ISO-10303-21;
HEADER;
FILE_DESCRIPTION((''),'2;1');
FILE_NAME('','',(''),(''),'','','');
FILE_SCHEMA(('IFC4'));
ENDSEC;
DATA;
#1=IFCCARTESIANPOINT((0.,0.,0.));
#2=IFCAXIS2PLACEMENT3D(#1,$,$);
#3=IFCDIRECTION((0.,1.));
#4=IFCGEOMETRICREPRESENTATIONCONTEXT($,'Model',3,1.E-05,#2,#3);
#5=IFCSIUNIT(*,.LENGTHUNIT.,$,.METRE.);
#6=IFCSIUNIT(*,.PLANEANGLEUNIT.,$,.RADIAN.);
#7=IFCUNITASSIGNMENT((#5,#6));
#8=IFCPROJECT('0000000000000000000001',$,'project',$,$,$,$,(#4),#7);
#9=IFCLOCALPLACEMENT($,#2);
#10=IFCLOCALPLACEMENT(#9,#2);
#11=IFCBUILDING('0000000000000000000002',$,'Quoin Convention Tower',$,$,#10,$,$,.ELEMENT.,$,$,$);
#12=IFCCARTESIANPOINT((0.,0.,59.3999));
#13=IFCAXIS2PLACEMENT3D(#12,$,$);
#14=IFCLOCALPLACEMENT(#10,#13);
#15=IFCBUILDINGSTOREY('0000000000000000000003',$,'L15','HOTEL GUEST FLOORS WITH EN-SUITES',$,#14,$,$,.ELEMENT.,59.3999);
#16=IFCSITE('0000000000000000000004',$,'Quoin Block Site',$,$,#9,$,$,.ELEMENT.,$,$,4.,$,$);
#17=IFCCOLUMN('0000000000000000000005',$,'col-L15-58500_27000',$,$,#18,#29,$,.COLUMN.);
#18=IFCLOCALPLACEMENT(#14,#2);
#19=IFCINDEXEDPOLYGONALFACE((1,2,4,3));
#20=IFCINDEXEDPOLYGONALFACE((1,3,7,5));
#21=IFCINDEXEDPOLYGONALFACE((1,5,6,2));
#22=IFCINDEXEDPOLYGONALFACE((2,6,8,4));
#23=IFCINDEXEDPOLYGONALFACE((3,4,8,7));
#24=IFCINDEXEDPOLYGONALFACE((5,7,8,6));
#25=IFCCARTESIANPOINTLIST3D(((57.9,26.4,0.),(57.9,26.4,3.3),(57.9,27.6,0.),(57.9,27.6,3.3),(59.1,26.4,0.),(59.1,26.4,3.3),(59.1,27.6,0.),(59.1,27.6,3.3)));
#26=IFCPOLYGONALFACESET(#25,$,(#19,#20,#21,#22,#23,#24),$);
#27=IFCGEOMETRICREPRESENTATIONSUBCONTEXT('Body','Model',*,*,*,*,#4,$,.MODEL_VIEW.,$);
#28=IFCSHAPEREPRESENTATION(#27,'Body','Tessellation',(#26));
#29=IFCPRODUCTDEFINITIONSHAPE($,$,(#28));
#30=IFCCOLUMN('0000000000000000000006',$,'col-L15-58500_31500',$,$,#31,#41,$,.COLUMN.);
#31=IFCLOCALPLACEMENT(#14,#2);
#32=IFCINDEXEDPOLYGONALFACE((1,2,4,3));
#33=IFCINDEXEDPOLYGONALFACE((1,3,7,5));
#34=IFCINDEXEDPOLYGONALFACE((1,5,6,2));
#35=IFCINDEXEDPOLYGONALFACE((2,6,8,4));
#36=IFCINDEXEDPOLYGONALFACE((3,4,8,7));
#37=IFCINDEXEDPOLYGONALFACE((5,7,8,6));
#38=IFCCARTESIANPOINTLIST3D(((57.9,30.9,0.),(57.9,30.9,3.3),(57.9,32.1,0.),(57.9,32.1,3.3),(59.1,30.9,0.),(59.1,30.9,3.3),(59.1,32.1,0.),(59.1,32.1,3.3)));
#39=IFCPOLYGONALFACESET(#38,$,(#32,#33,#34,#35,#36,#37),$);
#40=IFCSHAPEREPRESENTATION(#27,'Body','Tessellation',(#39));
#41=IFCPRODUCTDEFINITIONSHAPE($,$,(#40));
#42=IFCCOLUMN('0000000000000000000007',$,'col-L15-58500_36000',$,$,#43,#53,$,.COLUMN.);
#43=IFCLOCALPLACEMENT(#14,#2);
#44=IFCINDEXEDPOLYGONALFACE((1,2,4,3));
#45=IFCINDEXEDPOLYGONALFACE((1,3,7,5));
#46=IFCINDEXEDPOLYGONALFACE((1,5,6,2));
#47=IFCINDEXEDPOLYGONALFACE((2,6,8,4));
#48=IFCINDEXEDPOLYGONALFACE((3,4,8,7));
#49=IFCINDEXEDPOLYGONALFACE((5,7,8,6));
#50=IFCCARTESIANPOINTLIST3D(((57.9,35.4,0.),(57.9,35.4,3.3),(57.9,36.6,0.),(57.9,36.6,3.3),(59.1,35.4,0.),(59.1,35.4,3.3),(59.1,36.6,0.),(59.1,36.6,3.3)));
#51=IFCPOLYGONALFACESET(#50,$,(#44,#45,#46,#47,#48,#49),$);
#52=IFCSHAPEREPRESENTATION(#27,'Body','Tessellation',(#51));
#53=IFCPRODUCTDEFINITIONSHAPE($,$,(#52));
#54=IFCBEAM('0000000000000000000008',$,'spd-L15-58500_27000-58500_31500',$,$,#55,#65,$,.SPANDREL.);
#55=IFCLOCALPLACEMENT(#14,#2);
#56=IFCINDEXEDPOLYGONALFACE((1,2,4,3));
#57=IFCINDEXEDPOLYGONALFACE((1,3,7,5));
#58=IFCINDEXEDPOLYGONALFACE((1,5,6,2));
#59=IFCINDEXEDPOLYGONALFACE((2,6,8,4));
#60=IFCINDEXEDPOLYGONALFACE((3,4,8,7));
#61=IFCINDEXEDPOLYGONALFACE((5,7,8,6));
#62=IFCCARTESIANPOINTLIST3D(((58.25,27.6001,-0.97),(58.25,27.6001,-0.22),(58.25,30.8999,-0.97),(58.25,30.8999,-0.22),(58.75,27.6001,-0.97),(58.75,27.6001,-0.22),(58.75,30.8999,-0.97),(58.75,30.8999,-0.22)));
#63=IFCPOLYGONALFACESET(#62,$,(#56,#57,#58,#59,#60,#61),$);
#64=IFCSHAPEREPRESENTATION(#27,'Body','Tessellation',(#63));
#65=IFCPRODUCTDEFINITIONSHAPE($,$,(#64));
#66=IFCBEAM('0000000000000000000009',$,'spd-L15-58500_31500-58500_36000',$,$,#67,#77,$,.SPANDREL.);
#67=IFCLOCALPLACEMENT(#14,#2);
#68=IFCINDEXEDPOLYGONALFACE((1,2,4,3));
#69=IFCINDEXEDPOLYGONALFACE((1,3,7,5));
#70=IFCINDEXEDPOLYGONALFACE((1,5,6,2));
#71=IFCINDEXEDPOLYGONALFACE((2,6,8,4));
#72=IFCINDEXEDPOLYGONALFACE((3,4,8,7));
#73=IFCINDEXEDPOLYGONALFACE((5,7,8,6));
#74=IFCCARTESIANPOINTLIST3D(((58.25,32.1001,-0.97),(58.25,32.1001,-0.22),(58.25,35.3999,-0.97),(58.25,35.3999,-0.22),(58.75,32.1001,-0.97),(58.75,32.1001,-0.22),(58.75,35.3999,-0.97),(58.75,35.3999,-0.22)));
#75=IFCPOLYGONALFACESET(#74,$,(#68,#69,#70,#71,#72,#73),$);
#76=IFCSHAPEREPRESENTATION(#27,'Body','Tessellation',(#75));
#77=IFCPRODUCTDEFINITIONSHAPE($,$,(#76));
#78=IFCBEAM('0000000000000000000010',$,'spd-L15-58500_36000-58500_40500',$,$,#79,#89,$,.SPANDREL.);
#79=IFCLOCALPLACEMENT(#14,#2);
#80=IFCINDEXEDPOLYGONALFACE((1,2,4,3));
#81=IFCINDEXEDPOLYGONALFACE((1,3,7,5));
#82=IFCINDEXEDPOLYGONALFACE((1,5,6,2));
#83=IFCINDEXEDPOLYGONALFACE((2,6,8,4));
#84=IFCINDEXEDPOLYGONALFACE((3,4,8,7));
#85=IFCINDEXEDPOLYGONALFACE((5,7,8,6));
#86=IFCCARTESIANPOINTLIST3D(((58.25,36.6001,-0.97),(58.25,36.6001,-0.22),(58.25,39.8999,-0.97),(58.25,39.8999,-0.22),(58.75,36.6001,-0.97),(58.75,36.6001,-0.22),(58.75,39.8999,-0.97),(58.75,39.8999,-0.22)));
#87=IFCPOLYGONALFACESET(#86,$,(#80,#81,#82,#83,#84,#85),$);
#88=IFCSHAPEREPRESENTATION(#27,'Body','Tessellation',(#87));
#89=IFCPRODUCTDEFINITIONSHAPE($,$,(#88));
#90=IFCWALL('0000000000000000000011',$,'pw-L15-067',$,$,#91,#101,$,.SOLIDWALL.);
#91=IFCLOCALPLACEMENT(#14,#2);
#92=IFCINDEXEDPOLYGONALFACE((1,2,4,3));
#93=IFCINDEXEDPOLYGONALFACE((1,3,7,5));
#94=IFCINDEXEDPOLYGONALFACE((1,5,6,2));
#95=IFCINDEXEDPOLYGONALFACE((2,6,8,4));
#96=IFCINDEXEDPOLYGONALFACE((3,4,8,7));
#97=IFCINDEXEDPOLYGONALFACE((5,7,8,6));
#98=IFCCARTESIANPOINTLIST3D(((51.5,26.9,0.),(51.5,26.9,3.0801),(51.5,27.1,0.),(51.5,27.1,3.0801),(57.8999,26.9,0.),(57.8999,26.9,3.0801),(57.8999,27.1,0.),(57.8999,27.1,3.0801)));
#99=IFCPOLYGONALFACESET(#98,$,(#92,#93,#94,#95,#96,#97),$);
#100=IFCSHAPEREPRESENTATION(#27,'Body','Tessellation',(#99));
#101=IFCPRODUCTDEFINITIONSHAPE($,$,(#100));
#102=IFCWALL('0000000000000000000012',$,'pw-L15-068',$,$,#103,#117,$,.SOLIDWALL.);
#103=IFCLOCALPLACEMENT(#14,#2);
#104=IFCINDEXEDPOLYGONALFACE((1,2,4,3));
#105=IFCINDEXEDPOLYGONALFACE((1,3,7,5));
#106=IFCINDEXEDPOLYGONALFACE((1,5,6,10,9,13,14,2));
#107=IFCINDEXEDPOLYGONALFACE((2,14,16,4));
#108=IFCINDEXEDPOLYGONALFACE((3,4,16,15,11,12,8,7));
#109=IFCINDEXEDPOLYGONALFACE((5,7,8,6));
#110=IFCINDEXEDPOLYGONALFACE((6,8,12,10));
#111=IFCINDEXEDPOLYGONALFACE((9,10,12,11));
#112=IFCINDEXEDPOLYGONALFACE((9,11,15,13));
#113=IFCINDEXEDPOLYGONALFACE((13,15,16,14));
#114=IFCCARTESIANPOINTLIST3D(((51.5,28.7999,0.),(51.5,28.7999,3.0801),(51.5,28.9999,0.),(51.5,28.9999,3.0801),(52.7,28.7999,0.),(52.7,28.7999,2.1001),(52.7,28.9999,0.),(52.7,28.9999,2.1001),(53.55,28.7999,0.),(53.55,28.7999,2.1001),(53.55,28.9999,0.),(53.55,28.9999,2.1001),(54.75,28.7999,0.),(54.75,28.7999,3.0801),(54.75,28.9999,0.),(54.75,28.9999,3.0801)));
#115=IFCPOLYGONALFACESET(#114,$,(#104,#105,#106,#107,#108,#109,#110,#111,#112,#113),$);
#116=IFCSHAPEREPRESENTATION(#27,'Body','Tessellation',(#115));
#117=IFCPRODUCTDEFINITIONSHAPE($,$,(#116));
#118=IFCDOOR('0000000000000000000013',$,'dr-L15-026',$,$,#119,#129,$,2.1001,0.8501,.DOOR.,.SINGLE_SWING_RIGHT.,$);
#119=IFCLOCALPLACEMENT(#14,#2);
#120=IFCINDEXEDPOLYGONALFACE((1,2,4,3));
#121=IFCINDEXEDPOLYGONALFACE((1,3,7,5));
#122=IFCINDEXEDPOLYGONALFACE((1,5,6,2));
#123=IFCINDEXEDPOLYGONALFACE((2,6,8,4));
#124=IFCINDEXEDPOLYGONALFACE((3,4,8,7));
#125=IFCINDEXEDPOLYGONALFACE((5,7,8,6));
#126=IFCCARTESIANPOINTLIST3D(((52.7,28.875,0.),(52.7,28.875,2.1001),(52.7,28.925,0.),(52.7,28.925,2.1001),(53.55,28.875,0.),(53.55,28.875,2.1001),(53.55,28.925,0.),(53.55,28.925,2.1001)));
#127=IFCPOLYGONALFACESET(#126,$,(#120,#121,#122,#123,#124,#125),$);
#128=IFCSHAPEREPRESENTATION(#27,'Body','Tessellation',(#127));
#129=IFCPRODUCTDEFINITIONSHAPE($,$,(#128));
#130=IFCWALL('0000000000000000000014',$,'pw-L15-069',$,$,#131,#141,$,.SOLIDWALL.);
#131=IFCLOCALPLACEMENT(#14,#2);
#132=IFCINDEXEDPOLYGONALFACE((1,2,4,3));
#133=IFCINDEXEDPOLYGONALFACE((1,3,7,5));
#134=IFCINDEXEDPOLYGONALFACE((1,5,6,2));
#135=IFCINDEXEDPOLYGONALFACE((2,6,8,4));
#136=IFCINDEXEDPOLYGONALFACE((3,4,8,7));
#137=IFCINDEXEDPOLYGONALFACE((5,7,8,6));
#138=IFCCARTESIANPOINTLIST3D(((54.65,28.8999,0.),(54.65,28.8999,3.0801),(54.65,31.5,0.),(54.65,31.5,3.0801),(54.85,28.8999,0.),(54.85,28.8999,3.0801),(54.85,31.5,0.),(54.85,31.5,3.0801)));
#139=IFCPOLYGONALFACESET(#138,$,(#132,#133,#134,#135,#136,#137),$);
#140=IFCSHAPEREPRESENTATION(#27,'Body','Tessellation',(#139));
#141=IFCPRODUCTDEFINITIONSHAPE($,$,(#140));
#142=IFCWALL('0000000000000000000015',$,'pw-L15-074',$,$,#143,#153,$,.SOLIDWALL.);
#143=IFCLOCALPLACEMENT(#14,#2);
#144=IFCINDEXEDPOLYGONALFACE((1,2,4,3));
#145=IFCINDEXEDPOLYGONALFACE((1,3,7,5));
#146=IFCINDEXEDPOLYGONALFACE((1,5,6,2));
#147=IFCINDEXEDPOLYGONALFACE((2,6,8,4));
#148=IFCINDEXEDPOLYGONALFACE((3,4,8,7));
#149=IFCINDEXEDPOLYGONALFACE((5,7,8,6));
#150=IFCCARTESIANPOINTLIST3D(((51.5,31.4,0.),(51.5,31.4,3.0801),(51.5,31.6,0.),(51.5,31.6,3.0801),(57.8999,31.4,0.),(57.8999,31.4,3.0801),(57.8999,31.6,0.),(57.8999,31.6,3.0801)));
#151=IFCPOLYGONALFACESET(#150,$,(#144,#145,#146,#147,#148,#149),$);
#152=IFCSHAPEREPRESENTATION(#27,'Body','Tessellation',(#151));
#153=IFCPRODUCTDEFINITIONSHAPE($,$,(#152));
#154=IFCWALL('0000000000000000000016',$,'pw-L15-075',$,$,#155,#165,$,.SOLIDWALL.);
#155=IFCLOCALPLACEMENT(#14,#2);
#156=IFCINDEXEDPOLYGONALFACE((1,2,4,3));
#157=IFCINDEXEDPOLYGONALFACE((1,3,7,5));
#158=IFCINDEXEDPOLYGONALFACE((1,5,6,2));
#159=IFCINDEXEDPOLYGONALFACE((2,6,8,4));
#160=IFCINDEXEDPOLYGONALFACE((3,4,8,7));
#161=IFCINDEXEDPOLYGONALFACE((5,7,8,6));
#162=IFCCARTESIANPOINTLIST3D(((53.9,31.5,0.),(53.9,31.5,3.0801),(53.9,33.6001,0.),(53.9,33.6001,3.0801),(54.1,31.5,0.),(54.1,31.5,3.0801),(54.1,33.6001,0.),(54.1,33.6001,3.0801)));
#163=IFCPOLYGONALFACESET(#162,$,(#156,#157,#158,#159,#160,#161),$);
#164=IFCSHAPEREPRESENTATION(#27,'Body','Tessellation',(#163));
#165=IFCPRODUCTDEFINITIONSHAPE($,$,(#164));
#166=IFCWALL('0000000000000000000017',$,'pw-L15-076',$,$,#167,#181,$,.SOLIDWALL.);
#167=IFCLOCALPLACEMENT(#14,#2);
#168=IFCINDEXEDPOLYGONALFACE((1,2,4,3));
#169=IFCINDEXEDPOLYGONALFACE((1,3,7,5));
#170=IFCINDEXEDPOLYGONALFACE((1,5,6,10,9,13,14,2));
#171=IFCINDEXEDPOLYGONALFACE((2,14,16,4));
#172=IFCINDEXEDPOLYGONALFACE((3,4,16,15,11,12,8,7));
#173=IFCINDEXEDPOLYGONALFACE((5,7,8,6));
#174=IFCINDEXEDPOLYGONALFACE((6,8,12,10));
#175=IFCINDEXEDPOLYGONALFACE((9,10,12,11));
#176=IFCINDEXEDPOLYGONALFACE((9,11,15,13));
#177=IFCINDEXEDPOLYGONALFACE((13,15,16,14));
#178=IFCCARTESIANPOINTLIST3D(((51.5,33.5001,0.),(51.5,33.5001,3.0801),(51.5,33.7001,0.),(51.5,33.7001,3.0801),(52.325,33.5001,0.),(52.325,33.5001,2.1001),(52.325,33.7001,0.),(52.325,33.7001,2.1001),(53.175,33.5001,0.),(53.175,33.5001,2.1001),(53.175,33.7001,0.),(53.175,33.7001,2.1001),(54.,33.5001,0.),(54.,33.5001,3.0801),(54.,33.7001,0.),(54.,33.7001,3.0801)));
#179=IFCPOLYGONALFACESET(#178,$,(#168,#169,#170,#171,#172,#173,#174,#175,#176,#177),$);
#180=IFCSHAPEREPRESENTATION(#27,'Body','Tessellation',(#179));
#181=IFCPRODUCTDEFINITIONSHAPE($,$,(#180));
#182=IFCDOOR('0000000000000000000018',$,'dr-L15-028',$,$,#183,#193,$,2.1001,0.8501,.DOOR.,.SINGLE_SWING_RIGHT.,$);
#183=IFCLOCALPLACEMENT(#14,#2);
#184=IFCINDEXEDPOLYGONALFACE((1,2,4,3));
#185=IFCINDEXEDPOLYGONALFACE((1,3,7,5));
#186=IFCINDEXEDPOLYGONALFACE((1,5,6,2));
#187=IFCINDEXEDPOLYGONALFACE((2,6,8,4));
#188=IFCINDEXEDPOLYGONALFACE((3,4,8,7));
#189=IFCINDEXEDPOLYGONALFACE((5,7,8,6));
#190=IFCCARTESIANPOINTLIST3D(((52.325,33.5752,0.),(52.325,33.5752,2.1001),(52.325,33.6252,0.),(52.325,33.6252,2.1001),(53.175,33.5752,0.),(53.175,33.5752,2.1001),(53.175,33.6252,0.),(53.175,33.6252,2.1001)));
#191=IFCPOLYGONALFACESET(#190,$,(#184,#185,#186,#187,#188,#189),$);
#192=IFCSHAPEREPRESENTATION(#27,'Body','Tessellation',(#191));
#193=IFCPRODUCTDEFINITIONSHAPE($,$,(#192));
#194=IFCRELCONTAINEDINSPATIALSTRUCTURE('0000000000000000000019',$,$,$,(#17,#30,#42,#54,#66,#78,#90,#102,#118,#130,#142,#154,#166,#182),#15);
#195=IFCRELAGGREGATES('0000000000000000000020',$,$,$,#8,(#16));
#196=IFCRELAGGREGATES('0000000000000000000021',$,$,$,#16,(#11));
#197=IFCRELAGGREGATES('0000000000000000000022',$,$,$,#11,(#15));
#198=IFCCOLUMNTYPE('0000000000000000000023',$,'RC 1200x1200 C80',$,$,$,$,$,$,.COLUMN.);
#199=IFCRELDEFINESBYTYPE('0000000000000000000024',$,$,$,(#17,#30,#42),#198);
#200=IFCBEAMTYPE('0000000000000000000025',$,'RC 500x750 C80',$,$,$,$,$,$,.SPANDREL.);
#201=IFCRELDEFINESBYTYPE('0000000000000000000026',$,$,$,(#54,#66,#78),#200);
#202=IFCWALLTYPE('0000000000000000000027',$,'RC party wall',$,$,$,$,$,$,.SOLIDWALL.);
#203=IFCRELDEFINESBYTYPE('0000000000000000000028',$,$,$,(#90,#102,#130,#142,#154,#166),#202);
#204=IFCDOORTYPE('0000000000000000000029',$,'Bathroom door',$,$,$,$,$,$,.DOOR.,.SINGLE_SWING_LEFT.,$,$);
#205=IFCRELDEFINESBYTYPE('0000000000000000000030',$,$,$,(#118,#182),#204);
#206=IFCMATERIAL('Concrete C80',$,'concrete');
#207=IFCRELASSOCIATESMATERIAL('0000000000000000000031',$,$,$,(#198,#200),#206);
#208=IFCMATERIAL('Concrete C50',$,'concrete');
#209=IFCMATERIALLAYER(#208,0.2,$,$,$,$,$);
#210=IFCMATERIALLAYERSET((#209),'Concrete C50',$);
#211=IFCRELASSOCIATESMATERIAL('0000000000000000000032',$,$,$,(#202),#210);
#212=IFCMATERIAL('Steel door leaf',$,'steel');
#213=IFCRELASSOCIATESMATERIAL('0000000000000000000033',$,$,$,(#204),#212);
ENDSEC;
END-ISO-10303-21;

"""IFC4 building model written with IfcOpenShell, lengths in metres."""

from ifc_helpers import new_model, si_unit, direction, frame, frame_2d, origin, origin_2d, place, context, subcontext, project, spatial, rectangle, extrude, material, layer, layer_set, material_profile, profile_set, type_object, element, fill, save


model = new_model("IFC4")

# Units and contexts
model_context = context("Model", 3, precision=1e-05, world=origin(), true_north=direction((0.0, 1.0)))
body_context = subcontext(model_context, "Body", "Model", "MODEL_VIEW")
ifc_project = project(units=[si_unit("LENGTHUNIT", "METRE"), si_unit("PLANEANGLEUNIT", "RADIAN")], contexts=[model_context])

# Site, building, storey
site_placement = place(None, origin())
site = spatial("IfcSite", under=ifc_project, at=site_placement, Name="Quoin Block Site", CompositionType="ELEMENT", RefElevation=4.0)
building_placement = place(site_placement, origin())
building = spatial("IfcBuilding", under=site, at=building_placement, Name="Quoin Convention Tower", CompositionType="ELEMENT")
storey_placement = place(building_placement, frame((0.0, 0.0, 59.3999)))
storey = spatial("IfcBuildingStorey", under=building, at=storey_placement, Name="L15", Description="HOTEL GUEST FLOORS WITH EN-SUITES", CompositionType="ELEMENT", Elevation=59.3999)

# Columns
ifc_material_1 = material(Name="Concrete C80", Category="concrete")
ifc_material_profile_1 = material_profile(ifc_material_1, rectangle(XDim=1.2, YDim=1.2, at=origin_2d()), Name="RC 1200x1200")
ifc_profile_set_1 = profile_set([ifc_material_profile_1], Name="Concrete C80")
column_type = type_object("IfcColumnType", Name="RC 1200x1200 C80", PredefinedType="COLUMN", material=ifc_profile_set_1)
for number, where, z_axis, x_axis, name in (
    (1, (58.5, 27.0, 0.0), (0.0, 0.0, 1.0), (1.0, 0.0, 0.0), "col-L15-58500_27000"),
    (2, (58.5, 31.5, 0.0), (0.0, 0.0, 1.0), (1.0, 0.0, 0.0), "col-L15-58500_31500"),
    (3, (58.5, 36.0, 0.0), (0.0, 0.0, 1.0), (1.0, 0.0, 0.0), "col-L15-58500_36000"),
):
    element("IfcColumn", number, at=place(storey_placement, frame(where, z_axis=z_axis, x_axis=x_axis)), inside=storey, type_object=column_type, Name=name, PredefinedType="COLUMN", context=body_context, shape_type="SweptSolid", body=[
        extrude(rectangle(XDim=1.2, YDim=1.2, at=origin_2d()), origin(), (0.0, 0.0, 1.0), 3.3),
    ])

# Beams
ifc_material_profile_2 = material_profile(ifc_material_1, rectangle(XDim=0.5, YDim=0.75, at=origin_2d()), Name="RC 500x750")
ifc_profile_set_2 = profile_set([ifc_material_profile_2], Name="Concrete C80")
beam_type = type_object("IfcBeamType", Name="RC 500x750 C80", PredefinedType="SPANDREL", material=ifc_profile_set_2)
for number, where, z_axis, x_axis, name in (
    (4, (58.5, 27.6001, -0.595), (0.0, 1.0, 0.0), (-1.0, 0.0, 0.0), "spd-L15-58500_27000-58500_31500"),
    (5, (58.5, 32.1001, -0.595), (0.0, 1.0, 0.0), (-1.0, 0.0, 0.0), "spd-L15-58500_31500-58500_36000"),
    (6, (58.5, 36.6001, -0.595), (0.0, 1.0, 0.0), (-1.0, 0.0, 0.0), "spd-L15-58500_36000-58500_40500"),
):
    element("IfcBeam", number, at=place(storey_placement, frame(where, z_axis=z_axis, x_axis=x_axis)), inside=storey, type_object=beam_type, Name=name, PredefinedType="SPANDREL", context=body_context, shape_type="SweptSolid", body=[
        extrude(rectangle(XDim=0.5, YDim=0.75, at=origin_2d()), origin(), (0.0, 0.0, 1.0), 3.2998),
    ])

# Wall
ifc_material_2 = material(Name="Concrete C50", Category="concrete")
ifc_layer = layer(ifc_material_2, 0.2)
ifc_layer_set = layer_set([ifc_layer], Name="Concrete C50")
wall_type = type_object("IfcWallType", Name="RC party wall", PredefinedType="SOLIDWALL", material=ifc_layer_set)
wall_1_placement = place(storey_placement, frame((51.5, 27.0, 0.0), z_axis=(0.0, 0.0, 1.0), x_axis=(1.0, 0.0, 0.0)))
element("IfcWall", 7, at=wall_1_placement, inside=storey, type_object=wall_type, Name="pw-L15-067", PredefinedType="SOLIDWALL", context=body_context, shape_type="SweptSolid", body=[
    extrude(rectangle(XDim=6.3999, YDim=0.2, at=frame_2d((3.2, 0.0))), origin(), (0.0, 0.0, 1.0), 3.0801),
])

# Wall, opening, door
wall_2_placement = place(storey_placement, frame((51.5, 28.8999, 0.0), z_axis=(0.0, 0.0, 1.0), x_axis=(1.0, 0.0, 0.0)))
wall_2 = element("IfcWall", 8, at=wall_2_placement, inside=storey, type_object=wall_type, Name="pw-L15-068", PredefinedType="SOLIDWALL", context=body_context, shape_type="SweptSolid", body=[
    extrude(rectangle(XDim=3.25, YDim=0.2, at=frame_2d((1.625, 0.0))), origin(), (0.0, 0.0, 1.0), 3.0801),
])
opening_1_placement = place(wall_2_placement, frame((1.2, 0.0, 0.0)))
opening_1 = element("IfcOpeningElement", 9, at=opening_1_placement, cuts=wall_2, PredefinedType="OPENING", context=body_context, shape_type="SweptSolid", body=[
    extrude(rectangle(XDim=0.8501, YDim=2.1001, at=frame_2d((0.425, 1.05))), frame((0.0, 0.1099, 0.0), z_axis=(0.0, -1.0, 0.0), x_axis=(1.0, 0.0, 0.0)), (0.0, 0.0, 1.0), 0.22),
])
ifc_material_3 = material(Name="Steel door leaf", Category="steel")
door_type = type_object("IfcDoorType", Name="Bathroom door", OperationType="SINGLE_SWING_LEFT", PredefinedType="DOOR", material=ifc_material_3)
door_1_placement = place(opening_1_placement, frame((0.8501, 0.0, 0.0), z_axis=(0.0, 0.0, 1.0), x_axis=(-1.0, 0.0, 0.0)))
door_1 = element("IfcDoor", 10, at=door_1_placement, inside=storey, type_object=door_type, Name="dr-L15-026", OperationType="SINGLE_SWING_RIGHT", OverallHeight=2.1001, OverallWidth=0.8501, PredefinedType="DOOR", context=body_context, shape_type="SweptSolid", body=[
    extrude(rectangle(XDim=0.8501, YDim=2.1001, at=frame_2d((0.425, 1.05))), frame((0.0, 0.0249, 0.0), z_axis=(0.0, -1.0, 0.0), x_axis=(1.0, 0.0, 0.0)), (0.0, 0.0, 1.0), 0.05),
])
fill(opening_1, door_1)

# Walls
wall_3_placement = place(storey_placement, frame((54.75, 28.8999, 0.0), z_axis=(0.0, 0.0, 1.0), x_axis=(0.0, 1.0, 0.0)))
element("IfcWall", 11, at=wall_3_placement, inside=storey, type_object=wall_type, Name="pw-L15-069", PredefinedType="SOLIDWALL", context=body_context, shape_type="SweptSolid", body=[
    extrude(rectangle(XDim=2.6001, YDim=0.2, at=frame_2d((1.3, 0.0))), origin(), (0.0, 0.0, 1.0), 3.0801),
])
wall_4_placement = place(storey_placement, frame((51.5, 31.5, 0.0), z_axis=(0.0, 0.0, 1.0), x_axis=(1.0, 0.0, 0.0)))
element("IfcWall", 12, at=wall_4_placement, inside=storey, type_object=wall_type, Name="pw-L15-074", PredefinedType="SOLIDWALL", context=body_context, shape_type="SweptSolid", body=[
    extrude(rectangle(XDim=6.3999, YDim=0.2, at=frame_2d((3.2, 0.0))), origin(), (0.0, 0.0, 1.0), 3.0801),
])
wall_5_placement = place(storey_placement, frame((54.0, 31.5, 0.0), z_axis=(0.0, 0.0, 1.0), x_axis=(0.0, 1.0, 0.0)))
element("IfcWall", 13, at=wall_5_placement, inside=storey, type_object=wall_type, Name="pw-L15-075", PredefinedType="SOLIDWALL", context=body_context, shape_type="SweptSolid", body=[
    extrude(rectangle(XDim=2.1001, YDim=0.2, at=frame_2d((1.05, 0.0))), origin(), (0.0, 0.0, 1.0), 3.0801),
])

# Wall, opening, door
wall_6_placement = place(storey_placement, frame((51.5, 33.6001, 0.0), z_axis=(0.0, 0.0, 1.0), x_axis=(1.0, 0.0, 0.0)))
wall_6 = element("IfcWall", 14, at=wall_6_placement, inside=storey, type_object=wall_type, Name="pw-L15-076", PredefinedType="SOLIDWALL", context=body_context, shape_type="SweptSolid", body=[
    extrude(rectangle(XDim=2.5, YDim=0.2, at=frame_2d((1.25, 0.0))), origin(), (0.0, 0.0, 1.0), 3.0801),
])
opening_2_placement = place(wall_6_placement, frame((0.825, 0.0, 0.0)))
opening_2 = element("IfcOpeningElement", 15, at=opening_2_placement, cuts=wall_6, PredefinedType="OPENING", context=body_context, shape_type="SweptSolid", body=[
    extrude(rectangle(XDim=0.8501, YDim=2.1001, at=frame_2d((0.425, 1.05))), frame((0.0, 0.1099, 0.0), z_axis=(0.0, -1.0, 0.0), x_axis=(1.0, 0.0, 0.0)), (0.0, 0.0, 1.0), 0.22),
])
door_2_placement = place(opening_2_placement, frame((0.8501, 0.0, 0.0), z_axis=(0.0, 0.0, 1.0), x_axis=(-1.0, 0.0, 0.0)))
door_2 = element("IfcDoor", 16, at=door_2_placement, inside=storey, type_object=door_type, Name="dr-L15-028", OperationType="SINGLE_SWING_RIGHT", OverallHeight=2.1001, OverallWidth=0.8501, PredefinedType="DOOR", context=body_context, shape_type="SweptSolid", body=[
    extrude(rectangle(XDim=0.8501, YDim=2.1001, at=frame_2d((0.425, 1.05))), frame((0.0, 0.0249, 0.0), z_axis=(0.0, -1.0, 0.0), x_axis=(1.0, 0.0, 0.0)), (0.0, 0.0, 1.0), 0.05),
])
fill(opening_2, door_2)

save(model, "model.ifc")
